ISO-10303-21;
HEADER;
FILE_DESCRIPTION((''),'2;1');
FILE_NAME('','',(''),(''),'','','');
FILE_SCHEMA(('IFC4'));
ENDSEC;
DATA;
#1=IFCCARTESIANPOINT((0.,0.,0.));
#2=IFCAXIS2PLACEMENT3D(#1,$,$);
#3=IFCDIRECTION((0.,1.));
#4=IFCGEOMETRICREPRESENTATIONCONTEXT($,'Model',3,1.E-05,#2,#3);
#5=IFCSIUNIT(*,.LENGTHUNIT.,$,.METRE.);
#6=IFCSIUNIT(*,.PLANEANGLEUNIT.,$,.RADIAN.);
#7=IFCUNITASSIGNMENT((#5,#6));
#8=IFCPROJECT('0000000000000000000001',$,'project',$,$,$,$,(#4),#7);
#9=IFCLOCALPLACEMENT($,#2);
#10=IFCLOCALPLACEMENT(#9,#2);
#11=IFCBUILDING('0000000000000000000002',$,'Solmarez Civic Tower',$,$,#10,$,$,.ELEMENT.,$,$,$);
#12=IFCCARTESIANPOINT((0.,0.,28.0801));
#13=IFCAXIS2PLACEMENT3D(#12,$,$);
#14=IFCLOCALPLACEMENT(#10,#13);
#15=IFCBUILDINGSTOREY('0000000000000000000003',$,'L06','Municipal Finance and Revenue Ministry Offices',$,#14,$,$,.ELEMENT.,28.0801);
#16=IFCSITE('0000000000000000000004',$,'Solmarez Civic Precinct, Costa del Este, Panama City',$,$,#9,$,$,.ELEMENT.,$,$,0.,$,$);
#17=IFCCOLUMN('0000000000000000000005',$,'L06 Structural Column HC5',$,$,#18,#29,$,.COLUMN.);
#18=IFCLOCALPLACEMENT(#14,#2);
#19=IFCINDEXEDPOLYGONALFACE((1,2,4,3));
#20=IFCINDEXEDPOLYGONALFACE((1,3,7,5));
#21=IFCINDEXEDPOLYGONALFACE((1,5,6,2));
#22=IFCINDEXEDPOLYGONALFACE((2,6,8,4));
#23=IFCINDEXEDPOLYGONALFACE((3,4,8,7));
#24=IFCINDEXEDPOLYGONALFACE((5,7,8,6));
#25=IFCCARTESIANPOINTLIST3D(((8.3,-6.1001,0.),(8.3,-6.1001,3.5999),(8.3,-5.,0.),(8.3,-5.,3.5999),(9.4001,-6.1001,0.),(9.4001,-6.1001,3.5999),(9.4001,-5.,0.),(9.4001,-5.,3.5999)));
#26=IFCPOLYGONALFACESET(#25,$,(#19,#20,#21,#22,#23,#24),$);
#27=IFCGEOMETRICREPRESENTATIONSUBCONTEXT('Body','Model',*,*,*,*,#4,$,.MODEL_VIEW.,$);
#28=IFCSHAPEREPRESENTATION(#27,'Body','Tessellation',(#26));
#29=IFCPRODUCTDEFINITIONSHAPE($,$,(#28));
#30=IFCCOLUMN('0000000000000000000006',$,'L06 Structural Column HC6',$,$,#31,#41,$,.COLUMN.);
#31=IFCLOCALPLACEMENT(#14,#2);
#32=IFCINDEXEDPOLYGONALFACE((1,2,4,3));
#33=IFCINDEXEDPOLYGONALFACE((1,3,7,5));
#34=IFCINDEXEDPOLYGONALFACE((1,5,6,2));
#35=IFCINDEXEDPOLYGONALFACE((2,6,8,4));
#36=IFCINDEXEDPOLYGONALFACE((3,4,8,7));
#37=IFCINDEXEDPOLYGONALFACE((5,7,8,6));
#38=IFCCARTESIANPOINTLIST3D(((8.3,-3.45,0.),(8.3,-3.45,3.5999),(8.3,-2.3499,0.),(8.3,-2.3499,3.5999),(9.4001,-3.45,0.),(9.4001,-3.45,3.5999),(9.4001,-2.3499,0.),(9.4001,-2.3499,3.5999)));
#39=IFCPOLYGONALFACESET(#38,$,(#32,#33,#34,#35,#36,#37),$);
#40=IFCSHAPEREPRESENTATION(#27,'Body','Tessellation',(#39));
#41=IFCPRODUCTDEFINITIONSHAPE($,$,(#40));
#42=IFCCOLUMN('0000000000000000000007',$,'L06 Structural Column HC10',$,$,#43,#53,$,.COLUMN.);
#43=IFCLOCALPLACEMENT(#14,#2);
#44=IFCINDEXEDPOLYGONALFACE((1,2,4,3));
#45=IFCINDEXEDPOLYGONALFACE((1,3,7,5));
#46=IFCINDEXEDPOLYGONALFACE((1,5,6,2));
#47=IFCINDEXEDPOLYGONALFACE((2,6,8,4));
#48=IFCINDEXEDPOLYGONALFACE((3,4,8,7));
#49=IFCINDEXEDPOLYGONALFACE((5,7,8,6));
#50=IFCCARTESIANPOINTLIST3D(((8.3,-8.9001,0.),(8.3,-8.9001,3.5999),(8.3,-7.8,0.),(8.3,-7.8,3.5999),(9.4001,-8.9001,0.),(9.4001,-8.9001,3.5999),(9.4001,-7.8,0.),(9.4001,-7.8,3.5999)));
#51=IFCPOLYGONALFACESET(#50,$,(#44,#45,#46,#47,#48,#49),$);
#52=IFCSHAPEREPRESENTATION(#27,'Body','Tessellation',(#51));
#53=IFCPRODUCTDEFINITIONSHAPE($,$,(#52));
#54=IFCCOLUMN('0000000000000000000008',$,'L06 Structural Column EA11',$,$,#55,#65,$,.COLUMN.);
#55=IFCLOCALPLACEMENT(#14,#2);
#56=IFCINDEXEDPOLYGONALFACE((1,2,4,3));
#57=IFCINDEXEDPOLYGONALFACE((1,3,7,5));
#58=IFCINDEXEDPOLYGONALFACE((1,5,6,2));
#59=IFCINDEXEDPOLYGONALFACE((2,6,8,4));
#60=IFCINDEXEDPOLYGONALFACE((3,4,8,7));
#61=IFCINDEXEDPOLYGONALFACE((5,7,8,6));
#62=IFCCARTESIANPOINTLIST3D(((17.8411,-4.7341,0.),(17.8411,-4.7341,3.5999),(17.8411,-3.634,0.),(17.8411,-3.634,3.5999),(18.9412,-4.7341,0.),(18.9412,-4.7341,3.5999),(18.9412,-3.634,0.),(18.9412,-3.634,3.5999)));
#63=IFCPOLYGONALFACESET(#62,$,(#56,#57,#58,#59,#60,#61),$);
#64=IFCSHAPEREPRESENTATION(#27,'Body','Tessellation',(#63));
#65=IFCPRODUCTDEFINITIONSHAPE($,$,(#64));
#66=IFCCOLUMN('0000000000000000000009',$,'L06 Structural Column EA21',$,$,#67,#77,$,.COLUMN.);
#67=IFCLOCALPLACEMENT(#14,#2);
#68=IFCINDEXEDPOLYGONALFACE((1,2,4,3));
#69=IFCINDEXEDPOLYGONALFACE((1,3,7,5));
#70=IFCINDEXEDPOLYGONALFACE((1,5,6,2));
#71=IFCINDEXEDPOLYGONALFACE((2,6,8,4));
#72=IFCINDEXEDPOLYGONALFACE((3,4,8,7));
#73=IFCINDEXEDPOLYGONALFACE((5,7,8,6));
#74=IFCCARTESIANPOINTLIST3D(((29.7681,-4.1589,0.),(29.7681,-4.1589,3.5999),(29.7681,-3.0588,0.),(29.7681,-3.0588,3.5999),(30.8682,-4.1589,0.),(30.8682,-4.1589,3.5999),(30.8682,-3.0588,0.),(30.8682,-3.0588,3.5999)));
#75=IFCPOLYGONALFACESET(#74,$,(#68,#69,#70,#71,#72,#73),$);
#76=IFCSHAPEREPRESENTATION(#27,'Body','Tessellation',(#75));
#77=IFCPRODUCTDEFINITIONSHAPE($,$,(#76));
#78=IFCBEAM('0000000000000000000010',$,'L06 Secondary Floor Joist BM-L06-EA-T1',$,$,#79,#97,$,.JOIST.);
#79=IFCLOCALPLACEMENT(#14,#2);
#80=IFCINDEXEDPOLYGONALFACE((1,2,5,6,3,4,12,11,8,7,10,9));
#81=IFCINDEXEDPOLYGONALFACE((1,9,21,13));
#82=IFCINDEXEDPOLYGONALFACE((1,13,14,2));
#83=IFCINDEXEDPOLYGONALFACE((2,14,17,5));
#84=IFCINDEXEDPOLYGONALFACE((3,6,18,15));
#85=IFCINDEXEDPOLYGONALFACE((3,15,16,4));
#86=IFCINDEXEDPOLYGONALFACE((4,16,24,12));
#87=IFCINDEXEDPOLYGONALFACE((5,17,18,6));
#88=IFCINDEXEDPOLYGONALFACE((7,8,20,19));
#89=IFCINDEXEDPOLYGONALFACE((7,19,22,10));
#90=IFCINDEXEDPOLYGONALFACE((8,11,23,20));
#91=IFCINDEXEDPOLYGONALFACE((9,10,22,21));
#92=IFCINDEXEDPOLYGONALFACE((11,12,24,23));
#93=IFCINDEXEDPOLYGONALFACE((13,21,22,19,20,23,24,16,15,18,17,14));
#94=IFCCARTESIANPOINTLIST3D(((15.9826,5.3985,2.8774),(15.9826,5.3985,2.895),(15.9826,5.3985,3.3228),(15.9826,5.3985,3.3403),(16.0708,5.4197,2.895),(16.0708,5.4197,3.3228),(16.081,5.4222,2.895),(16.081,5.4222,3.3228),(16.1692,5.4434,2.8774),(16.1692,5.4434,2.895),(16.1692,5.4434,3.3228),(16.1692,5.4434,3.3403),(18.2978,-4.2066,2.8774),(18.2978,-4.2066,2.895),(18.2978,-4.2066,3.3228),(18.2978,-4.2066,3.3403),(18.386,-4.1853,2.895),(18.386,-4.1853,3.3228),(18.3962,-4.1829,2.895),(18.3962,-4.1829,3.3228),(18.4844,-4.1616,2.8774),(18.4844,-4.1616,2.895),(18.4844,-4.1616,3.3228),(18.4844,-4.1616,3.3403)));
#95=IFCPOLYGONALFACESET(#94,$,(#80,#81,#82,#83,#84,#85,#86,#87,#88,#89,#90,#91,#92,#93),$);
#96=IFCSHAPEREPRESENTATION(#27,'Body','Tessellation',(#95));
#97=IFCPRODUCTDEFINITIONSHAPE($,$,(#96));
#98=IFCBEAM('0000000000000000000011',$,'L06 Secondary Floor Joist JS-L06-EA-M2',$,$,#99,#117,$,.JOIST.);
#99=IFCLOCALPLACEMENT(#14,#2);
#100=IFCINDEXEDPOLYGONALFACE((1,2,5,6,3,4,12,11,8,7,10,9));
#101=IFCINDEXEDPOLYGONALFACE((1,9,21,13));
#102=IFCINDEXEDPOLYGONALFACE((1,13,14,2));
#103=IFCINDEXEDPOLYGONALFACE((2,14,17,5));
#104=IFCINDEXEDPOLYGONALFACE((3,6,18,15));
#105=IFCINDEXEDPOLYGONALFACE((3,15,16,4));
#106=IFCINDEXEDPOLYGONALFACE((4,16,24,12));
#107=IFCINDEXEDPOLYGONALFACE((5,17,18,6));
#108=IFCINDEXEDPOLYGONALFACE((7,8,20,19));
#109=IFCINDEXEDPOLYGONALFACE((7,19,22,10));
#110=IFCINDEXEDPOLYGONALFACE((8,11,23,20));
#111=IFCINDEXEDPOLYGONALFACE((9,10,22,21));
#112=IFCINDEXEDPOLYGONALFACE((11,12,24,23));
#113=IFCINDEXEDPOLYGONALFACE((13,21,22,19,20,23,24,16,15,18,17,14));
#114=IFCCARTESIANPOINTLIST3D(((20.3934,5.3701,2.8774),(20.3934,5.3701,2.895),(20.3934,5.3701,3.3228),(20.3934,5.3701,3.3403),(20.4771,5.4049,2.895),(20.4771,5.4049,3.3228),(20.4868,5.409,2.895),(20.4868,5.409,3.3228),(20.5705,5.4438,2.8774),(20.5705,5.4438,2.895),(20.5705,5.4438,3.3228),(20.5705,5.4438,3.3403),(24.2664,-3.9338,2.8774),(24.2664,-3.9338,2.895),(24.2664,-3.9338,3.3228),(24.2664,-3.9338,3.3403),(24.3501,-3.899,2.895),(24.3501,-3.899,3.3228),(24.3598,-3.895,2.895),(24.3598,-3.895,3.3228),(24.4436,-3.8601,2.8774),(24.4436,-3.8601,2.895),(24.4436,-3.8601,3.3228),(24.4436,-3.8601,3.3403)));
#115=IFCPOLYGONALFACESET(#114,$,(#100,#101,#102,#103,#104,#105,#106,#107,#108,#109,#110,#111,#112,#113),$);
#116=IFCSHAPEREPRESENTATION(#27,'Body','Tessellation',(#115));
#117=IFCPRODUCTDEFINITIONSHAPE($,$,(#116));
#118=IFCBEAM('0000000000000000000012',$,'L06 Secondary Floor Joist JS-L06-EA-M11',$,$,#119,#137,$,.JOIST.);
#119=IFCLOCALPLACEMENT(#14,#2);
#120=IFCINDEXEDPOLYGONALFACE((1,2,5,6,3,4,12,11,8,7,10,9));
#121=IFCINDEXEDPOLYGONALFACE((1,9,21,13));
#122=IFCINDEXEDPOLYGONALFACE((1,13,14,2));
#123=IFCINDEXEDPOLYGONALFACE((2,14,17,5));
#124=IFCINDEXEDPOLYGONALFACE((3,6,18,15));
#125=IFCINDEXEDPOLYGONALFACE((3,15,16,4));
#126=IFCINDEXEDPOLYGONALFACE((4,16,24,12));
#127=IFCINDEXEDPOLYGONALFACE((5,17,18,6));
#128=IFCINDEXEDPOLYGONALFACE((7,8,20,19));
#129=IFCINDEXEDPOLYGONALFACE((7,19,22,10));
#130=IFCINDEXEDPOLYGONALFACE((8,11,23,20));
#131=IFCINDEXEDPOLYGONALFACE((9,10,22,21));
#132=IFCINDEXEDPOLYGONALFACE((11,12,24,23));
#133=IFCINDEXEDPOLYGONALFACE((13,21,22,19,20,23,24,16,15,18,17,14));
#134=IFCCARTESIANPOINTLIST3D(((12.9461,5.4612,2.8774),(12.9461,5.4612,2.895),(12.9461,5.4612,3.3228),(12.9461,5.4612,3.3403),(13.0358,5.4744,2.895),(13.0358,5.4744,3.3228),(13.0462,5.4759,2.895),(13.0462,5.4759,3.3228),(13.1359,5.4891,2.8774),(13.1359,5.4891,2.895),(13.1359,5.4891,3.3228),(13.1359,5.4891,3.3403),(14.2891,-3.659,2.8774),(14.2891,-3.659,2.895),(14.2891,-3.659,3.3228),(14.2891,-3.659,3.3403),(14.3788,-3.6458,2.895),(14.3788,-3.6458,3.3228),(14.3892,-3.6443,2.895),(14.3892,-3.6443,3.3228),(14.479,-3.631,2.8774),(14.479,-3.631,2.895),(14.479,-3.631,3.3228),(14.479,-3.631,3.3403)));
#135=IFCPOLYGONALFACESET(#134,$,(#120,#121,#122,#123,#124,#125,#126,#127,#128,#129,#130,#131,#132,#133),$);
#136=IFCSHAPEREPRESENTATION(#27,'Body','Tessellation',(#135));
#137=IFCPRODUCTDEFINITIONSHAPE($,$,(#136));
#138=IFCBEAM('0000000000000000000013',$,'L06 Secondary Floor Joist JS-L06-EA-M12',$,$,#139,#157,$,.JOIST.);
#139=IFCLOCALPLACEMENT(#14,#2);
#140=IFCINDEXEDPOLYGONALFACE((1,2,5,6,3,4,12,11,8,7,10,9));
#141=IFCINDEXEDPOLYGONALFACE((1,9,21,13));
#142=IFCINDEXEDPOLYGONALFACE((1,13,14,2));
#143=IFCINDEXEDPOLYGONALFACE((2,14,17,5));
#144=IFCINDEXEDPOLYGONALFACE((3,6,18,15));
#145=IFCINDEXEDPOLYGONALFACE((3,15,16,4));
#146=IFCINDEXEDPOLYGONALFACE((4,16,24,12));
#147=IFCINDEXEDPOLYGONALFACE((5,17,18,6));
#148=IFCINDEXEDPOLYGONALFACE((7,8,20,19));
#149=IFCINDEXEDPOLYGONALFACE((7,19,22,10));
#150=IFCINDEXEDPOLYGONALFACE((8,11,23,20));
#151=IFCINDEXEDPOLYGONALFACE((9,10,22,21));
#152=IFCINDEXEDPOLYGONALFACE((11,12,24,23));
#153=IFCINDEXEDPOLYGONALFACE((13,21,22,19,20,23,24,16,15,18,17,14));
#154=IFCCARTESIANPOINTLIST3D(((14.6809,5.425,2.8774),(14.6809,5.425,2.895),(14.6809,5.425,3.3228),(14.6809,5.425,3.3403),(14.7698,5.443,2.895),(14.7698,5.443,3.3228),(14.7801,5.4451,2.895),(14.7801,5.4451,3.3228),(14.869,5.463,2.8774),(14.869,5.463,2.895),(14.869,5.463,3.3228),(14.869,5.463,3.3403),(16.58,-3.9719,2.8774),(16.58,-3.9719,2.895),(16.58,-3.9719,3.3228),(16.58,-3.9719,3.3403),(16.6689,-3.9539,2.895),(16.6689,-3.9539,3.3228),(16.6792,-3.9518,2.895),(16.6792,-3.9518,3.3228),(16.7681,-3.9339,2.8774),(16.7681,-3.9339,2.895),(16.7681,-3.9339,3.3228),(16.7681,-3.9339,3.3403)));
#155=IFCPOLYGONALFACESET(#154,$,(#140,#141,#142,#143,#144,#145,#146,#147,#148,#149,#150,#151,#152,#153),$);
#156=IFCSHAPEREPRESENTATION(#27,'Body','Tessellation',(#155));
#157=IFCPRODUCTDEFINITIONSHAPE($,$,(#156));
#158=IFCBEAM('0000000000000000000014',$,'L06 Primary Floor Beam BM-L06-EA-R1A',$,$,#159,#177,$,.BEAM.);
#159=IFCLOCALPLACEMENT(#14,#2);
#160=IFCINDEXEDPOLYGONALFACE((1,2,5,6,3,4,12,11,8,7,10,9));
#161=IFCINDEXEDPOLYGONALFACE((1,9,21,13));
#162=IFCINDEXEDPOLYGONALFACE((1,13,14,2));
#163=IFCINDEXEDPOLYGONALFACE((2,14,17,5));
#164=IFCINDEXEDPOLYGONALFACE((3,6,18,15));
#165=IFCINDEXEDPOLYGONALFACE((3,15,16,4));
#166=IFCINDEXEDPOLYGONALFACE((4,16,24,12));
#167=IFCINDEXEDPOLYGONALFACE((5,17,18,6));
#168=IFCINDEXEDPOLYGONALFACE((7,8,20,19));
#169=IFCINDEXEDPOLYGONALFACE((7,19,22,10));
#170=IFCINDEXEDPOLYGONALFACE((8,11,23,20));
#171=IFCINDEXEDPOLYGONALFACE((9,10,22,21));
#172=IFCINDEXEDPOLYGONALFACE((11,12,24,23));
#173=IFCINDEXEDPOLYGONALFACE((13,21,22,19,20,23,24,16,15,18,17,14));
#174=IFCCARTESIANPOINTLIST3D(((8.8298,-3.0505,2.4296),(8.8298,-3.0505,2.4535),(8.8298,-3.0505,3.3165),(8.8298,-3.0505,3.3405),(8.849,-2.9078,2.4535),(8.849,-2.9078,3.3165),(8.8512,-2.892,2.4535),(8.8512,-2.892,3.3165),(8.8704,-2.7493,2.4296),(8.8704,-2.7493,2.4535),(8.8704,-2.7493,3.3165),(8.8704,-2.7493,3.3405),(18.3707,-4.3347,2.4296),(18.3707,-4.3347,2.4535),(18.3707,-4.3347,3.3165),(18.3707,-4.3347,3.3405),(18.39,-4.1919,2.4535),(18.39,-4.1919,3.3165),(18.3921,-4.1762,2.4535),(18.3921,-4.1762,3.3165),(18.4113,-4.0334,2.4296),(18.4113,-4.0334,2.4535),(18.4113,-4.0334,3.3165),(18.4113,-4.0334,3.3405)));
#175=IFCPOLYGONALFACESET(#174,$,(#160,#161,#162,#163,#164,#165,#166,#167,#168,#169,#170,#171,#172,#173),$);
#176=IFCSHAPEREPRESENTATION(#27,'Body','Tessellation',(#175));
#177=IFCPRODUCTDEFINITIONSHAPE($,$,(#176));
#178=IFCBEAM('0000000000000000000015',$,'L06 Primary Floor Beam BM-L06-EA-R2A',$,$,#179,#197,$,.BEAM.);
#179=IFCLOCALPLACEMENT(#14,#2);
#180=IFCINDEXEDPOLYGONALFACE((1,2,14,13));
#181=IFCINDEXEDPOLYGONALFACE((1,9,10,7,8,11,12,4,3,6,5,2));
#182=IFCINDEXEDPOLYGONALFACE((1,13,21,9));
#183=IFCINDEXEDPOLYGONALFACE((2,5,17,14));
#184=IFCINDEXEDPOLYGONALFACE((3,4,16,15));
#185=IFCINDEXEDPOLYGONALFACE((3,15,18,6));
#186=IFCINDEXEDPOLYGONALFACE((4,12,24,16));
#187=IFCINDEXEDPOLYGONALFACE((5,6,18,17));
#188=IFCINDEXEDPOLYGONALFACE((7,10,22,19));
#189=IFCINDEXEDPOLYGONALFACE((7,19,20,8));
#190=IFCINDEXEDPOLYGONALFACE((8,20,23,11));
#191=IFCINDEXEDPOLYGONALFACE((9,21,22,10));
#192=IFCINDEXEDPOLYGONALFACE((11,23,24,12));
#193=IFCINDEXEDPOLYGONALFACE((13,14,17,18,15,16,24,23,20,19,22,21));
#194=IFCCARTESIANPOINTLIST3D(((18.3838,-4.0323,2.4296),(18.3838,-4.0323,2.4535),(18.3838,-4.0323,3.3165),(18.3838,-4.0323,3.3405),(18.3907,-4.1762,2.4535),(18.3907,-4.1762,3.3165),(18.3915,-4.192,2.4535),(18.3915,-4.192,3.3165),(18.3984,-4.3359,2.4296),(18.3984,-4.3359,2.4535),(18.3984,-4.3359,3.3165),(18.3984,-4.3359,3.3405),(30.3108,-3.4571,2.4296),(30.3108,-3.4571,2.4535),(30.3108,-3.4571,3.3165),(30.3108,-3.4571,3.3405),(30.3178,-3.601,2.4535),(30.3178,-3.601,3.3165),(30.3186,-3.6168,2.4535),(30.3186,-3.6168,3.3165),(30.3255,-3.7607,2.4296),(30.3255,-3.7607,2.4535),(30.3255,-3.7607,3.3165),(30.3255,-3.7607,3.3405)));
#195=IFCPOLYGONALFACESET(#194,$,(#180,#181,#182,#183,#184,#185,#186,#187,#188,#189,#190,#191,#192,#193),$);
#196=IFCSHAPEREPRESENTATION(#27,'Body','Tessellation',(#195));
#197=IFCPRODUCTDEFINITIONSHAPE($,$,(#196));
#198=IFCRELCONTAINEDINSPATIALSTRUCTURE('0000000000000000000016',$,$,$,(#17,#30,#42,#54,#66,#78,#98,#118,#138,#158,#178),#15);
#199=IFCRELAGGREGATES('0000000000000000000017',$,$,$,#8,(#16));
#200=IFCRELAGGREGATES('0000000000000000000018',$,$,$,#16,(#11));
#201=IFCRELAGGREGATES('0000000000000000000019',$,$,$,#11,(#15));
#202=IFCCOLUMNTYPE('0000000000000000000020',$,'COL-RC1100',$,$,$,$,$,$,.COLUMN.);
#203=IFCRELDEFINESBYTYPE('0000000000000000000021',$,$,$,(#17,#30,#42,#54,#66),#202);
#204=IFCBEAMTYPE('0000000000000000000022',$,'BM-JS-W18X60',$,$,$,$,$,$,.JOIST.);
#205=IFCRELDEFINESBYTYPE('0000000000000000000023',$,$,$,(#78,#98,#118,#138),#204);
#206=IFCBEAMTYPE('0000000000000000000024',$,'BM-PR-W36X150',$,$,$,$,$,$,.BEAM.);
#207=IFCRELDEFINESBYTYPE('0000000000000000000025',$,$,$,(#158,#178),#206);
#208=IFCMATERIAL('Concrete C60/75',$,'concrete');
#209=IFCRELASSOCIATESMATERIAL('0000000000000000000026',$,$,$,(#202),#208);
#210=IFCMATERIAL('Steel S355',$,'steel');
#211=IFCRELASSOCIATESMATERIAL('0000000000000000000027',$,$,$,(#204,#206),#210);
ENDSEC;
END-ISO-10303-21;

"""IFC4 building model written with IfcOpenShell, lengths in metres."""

from ifc_helpers import new_model, si_unit, direction, frame, origin, origin_2d, place, context, subcontext, project, spatial, rectangle, i_section, extrude, material, material_profile, profile_set, type_object, element, save


model = new_model("IFC4")

# Units and contexts
model_context = context("Model", 3, precision=1e-05, world=origin(), true_north=direction((0.0, 1.0)))
body_context = subcontext(model_context, "Body", "Model", "MODEL_VIEW")
ifc_project = project(units=[si_unit("LENGTHUNIT", "METRE"), si_unit("PLANEANGLEUNIT", "RADIAN")], contexts=[model_context])

# Site, building, storey
site_placement = place(None, origin())
site = spatial("IfcSite", under=ifc_project, at=site_placement, Name="Solmarez Civic Precinct, Costa del Este, Panama City", CompositionType="ELEMENT", RefElevation=0.0)
building_placement = place(site_placement, origin())
building = spatial("IfcBuilding", under=site, at=building_placement, Name="Solmarez Civic Tower", CompositionType="ELEMENT")
storey_placement = place(building_placement, frame((0.0, 0.0, 28.0801)))
storey = spatial("IfcBuildingStorey", under=building, at=storey_placement, Name="L06", Description="Municipal Finance and Revenue Ministry Offices", CompositionType="ELEMENT", Elevation=28.0801)

# Columns
ifc_material_1 = material(Name="Concrete C60/75", Category="concrete")
ifc_material_profile_1 = material_profile(ifc_material_1, rectangle(XDim=1.1001, YDim=1.1001, at=origin_2d()), Name="RC1100X1100")
ifc_profile_set_1 = profile_set([ifc_material_profile_1], Name="Concrete C60/75")
column_type = type_object("IfcColumnType", Name="COL-RC1100", PredefinedType="COLUMN", material=ifc_profile_set_1)
for number, where, z_axis, x_axis, name in (
    (1, (8.8501, -5.55, 0.0), (0.0, 0.0, 1.0), (1.0, 0.0, 0.0), "L06 Structural Column HC5"),
    (2, (8.8501, -2.8999, 0.0), (0.0, 0.0, 1.0), (1.0, 0.0, 0.0), "L06 Structural Column HC6"),
    (3, (8.8501, -8.3501, 0.0), (0.0, 0.0, 1.0), (1.0, 0.0, 0.0), "L06 Structural Column HC10"),
    (4, (18.3911, -4.1841, 0.0), (0.0, 0.0, 1.0), (1.0, 0.0, 0.0), "L06 Structural Column EA11"),
    (5, (30.3181, -3.6089, 0.0), (0.0, 0.0, 1.0), (1.0, 0.0, 0.0), "L06 Structural Column EA21"),
):
    element("IfcColumn", number, at=place(storey_placement, frame(where, z_axis=z_axis, x_axis=x_axis)), inside=storey, type_object=column_type, Name=name, PredefinedType="COLUMN", context=body_context, shape_type="SweptSolid", body=[
        extrude(rectangle(XDim=1.1001, YDim=1.1001, at=origin_2d()), origin(), (0.0, 0.0, 1.0), 3.5999),
    ])

# Beams
ifc_material_2 = material(Name="Steel S355", Category="steel")
ifc_material_profile_2 = material_profile(ifc_material_2, i_section(OverallWidth=0.1919, OverallDepth=0.4629, WebThickness=0.0105, FlangeThickness=0.0176, at=origin_2d()), Name="W18X60")
ifc_profile_set_2 = profile_set([ifc_material_profile_2], Name="Steel S355")
beam_type_1 = type_object("IfcBeamType", Name="BM-JS-W18X60", PredefinedType="JOIST", material=ifc_profile_set_2)
beam_1_placement = place(storey_placement, frame((18.3911, -4.1841, 3.1089), z_axis=(-0.234329, 0.972157, 0.0), x_axis=(-0.972157, -0.234329, 0.0)))
element("IfcBeam", 6, at=beam_1_placement, inside=storey, type_object=beam_type_1, Name="L06 Secondary Floor Joist BM-L06-EA-T1", PredefinedType="JOIST", context=body_context, shape_type="SweptSolid", body=[
    extrude(i_section(OverallWidth=0.1919, OverallDepth=0.4629, WebThickness=0.0105, FlangeThickness=0.0176, at=origin_2d()), origin(), (0.0, 0.0, 1.0), 9.8801),
])
beam_2_placement = place(storey_placement, frame((24.355, -3.897, 3.1089), z_axis=(-0.384311, 0.923204, 0.0), x_axis=(-0.923204, -0.384311, 0.0)))
element("IfcBeam", 7, at=beam_2_placement, inside=storey, type_object=beam_type_1, Name="L06 Secondary Floor Joist JS-L06-EA-M2", PredefinedType="JOIST", context=body_context, shape_type="SweptSolid", body=[
    extrude(i_section(OverallWidth=0.1919, OverallDepth=0.4629, WebThickness=0.0105, FlangeThickness=0.0176, at=origin_2d()), origin(), (0.0, 0.0, 1.0), 10.0779),
])
beam_3_placement = place(storey_placement, frame((14.384, -3.645, 3.1089), z_axis=(-0.145688, 0.989331, 0.0), x_axis=(-0.989331, -0.145688, 0.0)))
element("IfcBeam", 8, at=beam_3_placement, inside=storey, type_object=beam_type_1, Name="L06 Secondary Floor Joist JS-L06-EA-M11", PredefinedType="JOIST", context=body_context, shape_type="SweptSolid", body=[
    extrude(i_section(OverallWidth=0.1919, OverallDepth=0.4629, WebThickness=0.0105, FlangeThickness=0.0176, at=origin_2d()), origin(), (0.0, 0.0, 1.0), 9.2185),
])
beam_4_placement = place(storey_placement, frame((16.6741, -3.9529, 3.1089), z_axis=(-0.198099, 0.980182, 0.0), x_axis=(-0.980182, -0.198099, 0.0)))
element("IfcBeam", 9, at=beam_4_placement, inside=storey, type_object=beam_type_1, Name="L06 Secondary Floor Joist JS-L06-EA-M12", PredefinedType="JOIST", context=body_context, shape_type="SweptSolid", body=[
    extrude(i_section(OverallWidth=0.1919, OverallDepth=0.4629, WebThickness=0.0105, FlangeThickness=0.0176, at=origin_2d()), origin(), (0.0, 0.0, 1.0), 9.5869),
])
ifc_material_profile_3 = material_profile(ifc_material_2, i_section(OverallWidth=0.304, OverallDepth=0.9109, WebThickness=0.0159, FlangeThickness=0.0239, at=origin_2d()), Name="W36X150")
ifc_profile_set_3 = profile_set([ifc_material_profile_3], Name="Steel S355")
beam_type_2 = type_object("IfcBeamType", Name="BM-PR-W36X150", PredefinedType="BEAM", material=ifc_profile_set_3)
beam_5_placement = place(storey_placement, frame((8.8501, -2.8999, 2.885), z_axis=(0.991063, -0.133393, 0.0), x_axis=(0.133393, 0.991063, 0.0)))
element("IfcBeam", 10, at=beam_5_placement, inside=storey, type_object=beam_type_2, Name="L06 Primary Floor Beam BM-L06-EA-R1A", PredefinedType="BEAM", context=body_context, shape_type="SweptSolid", body=[
    extrude(i_section(OverallWidth=0.304, OverallDepth=0.9109, WebThickness=0.0159, FlangeThickness=0.0239, at=origin_2d()), origin(), (0.0, 0.0, 1.0), 9.627),
])
beam_6_placement = place(storey_placement, frame((18.3911, -4.1841, 2.885), z_axis=(0.998839, 0.04817, 0.0), x_axis=(-0.04817, 0.998839, 0.0)))
element("IfcBeam", 11, at=beam_6_placement, inside=storey, type_object=beam_type_2, Name="L06 Primary Floor Beam BM-L06-EA-R2A", PredefinedType="BEAM", context=body_context, shape_type="SweptSolid", body=[
    extrude(i_section(OverallWidth=0.304, OverallDepth=0.9109, WebThickness=0.0159, FlangeThickness=0.0239, at=origin_2d()), origin(), (0.0, 0.0, 1.0), 11.9409),
])

save(model, "model.ifc")
